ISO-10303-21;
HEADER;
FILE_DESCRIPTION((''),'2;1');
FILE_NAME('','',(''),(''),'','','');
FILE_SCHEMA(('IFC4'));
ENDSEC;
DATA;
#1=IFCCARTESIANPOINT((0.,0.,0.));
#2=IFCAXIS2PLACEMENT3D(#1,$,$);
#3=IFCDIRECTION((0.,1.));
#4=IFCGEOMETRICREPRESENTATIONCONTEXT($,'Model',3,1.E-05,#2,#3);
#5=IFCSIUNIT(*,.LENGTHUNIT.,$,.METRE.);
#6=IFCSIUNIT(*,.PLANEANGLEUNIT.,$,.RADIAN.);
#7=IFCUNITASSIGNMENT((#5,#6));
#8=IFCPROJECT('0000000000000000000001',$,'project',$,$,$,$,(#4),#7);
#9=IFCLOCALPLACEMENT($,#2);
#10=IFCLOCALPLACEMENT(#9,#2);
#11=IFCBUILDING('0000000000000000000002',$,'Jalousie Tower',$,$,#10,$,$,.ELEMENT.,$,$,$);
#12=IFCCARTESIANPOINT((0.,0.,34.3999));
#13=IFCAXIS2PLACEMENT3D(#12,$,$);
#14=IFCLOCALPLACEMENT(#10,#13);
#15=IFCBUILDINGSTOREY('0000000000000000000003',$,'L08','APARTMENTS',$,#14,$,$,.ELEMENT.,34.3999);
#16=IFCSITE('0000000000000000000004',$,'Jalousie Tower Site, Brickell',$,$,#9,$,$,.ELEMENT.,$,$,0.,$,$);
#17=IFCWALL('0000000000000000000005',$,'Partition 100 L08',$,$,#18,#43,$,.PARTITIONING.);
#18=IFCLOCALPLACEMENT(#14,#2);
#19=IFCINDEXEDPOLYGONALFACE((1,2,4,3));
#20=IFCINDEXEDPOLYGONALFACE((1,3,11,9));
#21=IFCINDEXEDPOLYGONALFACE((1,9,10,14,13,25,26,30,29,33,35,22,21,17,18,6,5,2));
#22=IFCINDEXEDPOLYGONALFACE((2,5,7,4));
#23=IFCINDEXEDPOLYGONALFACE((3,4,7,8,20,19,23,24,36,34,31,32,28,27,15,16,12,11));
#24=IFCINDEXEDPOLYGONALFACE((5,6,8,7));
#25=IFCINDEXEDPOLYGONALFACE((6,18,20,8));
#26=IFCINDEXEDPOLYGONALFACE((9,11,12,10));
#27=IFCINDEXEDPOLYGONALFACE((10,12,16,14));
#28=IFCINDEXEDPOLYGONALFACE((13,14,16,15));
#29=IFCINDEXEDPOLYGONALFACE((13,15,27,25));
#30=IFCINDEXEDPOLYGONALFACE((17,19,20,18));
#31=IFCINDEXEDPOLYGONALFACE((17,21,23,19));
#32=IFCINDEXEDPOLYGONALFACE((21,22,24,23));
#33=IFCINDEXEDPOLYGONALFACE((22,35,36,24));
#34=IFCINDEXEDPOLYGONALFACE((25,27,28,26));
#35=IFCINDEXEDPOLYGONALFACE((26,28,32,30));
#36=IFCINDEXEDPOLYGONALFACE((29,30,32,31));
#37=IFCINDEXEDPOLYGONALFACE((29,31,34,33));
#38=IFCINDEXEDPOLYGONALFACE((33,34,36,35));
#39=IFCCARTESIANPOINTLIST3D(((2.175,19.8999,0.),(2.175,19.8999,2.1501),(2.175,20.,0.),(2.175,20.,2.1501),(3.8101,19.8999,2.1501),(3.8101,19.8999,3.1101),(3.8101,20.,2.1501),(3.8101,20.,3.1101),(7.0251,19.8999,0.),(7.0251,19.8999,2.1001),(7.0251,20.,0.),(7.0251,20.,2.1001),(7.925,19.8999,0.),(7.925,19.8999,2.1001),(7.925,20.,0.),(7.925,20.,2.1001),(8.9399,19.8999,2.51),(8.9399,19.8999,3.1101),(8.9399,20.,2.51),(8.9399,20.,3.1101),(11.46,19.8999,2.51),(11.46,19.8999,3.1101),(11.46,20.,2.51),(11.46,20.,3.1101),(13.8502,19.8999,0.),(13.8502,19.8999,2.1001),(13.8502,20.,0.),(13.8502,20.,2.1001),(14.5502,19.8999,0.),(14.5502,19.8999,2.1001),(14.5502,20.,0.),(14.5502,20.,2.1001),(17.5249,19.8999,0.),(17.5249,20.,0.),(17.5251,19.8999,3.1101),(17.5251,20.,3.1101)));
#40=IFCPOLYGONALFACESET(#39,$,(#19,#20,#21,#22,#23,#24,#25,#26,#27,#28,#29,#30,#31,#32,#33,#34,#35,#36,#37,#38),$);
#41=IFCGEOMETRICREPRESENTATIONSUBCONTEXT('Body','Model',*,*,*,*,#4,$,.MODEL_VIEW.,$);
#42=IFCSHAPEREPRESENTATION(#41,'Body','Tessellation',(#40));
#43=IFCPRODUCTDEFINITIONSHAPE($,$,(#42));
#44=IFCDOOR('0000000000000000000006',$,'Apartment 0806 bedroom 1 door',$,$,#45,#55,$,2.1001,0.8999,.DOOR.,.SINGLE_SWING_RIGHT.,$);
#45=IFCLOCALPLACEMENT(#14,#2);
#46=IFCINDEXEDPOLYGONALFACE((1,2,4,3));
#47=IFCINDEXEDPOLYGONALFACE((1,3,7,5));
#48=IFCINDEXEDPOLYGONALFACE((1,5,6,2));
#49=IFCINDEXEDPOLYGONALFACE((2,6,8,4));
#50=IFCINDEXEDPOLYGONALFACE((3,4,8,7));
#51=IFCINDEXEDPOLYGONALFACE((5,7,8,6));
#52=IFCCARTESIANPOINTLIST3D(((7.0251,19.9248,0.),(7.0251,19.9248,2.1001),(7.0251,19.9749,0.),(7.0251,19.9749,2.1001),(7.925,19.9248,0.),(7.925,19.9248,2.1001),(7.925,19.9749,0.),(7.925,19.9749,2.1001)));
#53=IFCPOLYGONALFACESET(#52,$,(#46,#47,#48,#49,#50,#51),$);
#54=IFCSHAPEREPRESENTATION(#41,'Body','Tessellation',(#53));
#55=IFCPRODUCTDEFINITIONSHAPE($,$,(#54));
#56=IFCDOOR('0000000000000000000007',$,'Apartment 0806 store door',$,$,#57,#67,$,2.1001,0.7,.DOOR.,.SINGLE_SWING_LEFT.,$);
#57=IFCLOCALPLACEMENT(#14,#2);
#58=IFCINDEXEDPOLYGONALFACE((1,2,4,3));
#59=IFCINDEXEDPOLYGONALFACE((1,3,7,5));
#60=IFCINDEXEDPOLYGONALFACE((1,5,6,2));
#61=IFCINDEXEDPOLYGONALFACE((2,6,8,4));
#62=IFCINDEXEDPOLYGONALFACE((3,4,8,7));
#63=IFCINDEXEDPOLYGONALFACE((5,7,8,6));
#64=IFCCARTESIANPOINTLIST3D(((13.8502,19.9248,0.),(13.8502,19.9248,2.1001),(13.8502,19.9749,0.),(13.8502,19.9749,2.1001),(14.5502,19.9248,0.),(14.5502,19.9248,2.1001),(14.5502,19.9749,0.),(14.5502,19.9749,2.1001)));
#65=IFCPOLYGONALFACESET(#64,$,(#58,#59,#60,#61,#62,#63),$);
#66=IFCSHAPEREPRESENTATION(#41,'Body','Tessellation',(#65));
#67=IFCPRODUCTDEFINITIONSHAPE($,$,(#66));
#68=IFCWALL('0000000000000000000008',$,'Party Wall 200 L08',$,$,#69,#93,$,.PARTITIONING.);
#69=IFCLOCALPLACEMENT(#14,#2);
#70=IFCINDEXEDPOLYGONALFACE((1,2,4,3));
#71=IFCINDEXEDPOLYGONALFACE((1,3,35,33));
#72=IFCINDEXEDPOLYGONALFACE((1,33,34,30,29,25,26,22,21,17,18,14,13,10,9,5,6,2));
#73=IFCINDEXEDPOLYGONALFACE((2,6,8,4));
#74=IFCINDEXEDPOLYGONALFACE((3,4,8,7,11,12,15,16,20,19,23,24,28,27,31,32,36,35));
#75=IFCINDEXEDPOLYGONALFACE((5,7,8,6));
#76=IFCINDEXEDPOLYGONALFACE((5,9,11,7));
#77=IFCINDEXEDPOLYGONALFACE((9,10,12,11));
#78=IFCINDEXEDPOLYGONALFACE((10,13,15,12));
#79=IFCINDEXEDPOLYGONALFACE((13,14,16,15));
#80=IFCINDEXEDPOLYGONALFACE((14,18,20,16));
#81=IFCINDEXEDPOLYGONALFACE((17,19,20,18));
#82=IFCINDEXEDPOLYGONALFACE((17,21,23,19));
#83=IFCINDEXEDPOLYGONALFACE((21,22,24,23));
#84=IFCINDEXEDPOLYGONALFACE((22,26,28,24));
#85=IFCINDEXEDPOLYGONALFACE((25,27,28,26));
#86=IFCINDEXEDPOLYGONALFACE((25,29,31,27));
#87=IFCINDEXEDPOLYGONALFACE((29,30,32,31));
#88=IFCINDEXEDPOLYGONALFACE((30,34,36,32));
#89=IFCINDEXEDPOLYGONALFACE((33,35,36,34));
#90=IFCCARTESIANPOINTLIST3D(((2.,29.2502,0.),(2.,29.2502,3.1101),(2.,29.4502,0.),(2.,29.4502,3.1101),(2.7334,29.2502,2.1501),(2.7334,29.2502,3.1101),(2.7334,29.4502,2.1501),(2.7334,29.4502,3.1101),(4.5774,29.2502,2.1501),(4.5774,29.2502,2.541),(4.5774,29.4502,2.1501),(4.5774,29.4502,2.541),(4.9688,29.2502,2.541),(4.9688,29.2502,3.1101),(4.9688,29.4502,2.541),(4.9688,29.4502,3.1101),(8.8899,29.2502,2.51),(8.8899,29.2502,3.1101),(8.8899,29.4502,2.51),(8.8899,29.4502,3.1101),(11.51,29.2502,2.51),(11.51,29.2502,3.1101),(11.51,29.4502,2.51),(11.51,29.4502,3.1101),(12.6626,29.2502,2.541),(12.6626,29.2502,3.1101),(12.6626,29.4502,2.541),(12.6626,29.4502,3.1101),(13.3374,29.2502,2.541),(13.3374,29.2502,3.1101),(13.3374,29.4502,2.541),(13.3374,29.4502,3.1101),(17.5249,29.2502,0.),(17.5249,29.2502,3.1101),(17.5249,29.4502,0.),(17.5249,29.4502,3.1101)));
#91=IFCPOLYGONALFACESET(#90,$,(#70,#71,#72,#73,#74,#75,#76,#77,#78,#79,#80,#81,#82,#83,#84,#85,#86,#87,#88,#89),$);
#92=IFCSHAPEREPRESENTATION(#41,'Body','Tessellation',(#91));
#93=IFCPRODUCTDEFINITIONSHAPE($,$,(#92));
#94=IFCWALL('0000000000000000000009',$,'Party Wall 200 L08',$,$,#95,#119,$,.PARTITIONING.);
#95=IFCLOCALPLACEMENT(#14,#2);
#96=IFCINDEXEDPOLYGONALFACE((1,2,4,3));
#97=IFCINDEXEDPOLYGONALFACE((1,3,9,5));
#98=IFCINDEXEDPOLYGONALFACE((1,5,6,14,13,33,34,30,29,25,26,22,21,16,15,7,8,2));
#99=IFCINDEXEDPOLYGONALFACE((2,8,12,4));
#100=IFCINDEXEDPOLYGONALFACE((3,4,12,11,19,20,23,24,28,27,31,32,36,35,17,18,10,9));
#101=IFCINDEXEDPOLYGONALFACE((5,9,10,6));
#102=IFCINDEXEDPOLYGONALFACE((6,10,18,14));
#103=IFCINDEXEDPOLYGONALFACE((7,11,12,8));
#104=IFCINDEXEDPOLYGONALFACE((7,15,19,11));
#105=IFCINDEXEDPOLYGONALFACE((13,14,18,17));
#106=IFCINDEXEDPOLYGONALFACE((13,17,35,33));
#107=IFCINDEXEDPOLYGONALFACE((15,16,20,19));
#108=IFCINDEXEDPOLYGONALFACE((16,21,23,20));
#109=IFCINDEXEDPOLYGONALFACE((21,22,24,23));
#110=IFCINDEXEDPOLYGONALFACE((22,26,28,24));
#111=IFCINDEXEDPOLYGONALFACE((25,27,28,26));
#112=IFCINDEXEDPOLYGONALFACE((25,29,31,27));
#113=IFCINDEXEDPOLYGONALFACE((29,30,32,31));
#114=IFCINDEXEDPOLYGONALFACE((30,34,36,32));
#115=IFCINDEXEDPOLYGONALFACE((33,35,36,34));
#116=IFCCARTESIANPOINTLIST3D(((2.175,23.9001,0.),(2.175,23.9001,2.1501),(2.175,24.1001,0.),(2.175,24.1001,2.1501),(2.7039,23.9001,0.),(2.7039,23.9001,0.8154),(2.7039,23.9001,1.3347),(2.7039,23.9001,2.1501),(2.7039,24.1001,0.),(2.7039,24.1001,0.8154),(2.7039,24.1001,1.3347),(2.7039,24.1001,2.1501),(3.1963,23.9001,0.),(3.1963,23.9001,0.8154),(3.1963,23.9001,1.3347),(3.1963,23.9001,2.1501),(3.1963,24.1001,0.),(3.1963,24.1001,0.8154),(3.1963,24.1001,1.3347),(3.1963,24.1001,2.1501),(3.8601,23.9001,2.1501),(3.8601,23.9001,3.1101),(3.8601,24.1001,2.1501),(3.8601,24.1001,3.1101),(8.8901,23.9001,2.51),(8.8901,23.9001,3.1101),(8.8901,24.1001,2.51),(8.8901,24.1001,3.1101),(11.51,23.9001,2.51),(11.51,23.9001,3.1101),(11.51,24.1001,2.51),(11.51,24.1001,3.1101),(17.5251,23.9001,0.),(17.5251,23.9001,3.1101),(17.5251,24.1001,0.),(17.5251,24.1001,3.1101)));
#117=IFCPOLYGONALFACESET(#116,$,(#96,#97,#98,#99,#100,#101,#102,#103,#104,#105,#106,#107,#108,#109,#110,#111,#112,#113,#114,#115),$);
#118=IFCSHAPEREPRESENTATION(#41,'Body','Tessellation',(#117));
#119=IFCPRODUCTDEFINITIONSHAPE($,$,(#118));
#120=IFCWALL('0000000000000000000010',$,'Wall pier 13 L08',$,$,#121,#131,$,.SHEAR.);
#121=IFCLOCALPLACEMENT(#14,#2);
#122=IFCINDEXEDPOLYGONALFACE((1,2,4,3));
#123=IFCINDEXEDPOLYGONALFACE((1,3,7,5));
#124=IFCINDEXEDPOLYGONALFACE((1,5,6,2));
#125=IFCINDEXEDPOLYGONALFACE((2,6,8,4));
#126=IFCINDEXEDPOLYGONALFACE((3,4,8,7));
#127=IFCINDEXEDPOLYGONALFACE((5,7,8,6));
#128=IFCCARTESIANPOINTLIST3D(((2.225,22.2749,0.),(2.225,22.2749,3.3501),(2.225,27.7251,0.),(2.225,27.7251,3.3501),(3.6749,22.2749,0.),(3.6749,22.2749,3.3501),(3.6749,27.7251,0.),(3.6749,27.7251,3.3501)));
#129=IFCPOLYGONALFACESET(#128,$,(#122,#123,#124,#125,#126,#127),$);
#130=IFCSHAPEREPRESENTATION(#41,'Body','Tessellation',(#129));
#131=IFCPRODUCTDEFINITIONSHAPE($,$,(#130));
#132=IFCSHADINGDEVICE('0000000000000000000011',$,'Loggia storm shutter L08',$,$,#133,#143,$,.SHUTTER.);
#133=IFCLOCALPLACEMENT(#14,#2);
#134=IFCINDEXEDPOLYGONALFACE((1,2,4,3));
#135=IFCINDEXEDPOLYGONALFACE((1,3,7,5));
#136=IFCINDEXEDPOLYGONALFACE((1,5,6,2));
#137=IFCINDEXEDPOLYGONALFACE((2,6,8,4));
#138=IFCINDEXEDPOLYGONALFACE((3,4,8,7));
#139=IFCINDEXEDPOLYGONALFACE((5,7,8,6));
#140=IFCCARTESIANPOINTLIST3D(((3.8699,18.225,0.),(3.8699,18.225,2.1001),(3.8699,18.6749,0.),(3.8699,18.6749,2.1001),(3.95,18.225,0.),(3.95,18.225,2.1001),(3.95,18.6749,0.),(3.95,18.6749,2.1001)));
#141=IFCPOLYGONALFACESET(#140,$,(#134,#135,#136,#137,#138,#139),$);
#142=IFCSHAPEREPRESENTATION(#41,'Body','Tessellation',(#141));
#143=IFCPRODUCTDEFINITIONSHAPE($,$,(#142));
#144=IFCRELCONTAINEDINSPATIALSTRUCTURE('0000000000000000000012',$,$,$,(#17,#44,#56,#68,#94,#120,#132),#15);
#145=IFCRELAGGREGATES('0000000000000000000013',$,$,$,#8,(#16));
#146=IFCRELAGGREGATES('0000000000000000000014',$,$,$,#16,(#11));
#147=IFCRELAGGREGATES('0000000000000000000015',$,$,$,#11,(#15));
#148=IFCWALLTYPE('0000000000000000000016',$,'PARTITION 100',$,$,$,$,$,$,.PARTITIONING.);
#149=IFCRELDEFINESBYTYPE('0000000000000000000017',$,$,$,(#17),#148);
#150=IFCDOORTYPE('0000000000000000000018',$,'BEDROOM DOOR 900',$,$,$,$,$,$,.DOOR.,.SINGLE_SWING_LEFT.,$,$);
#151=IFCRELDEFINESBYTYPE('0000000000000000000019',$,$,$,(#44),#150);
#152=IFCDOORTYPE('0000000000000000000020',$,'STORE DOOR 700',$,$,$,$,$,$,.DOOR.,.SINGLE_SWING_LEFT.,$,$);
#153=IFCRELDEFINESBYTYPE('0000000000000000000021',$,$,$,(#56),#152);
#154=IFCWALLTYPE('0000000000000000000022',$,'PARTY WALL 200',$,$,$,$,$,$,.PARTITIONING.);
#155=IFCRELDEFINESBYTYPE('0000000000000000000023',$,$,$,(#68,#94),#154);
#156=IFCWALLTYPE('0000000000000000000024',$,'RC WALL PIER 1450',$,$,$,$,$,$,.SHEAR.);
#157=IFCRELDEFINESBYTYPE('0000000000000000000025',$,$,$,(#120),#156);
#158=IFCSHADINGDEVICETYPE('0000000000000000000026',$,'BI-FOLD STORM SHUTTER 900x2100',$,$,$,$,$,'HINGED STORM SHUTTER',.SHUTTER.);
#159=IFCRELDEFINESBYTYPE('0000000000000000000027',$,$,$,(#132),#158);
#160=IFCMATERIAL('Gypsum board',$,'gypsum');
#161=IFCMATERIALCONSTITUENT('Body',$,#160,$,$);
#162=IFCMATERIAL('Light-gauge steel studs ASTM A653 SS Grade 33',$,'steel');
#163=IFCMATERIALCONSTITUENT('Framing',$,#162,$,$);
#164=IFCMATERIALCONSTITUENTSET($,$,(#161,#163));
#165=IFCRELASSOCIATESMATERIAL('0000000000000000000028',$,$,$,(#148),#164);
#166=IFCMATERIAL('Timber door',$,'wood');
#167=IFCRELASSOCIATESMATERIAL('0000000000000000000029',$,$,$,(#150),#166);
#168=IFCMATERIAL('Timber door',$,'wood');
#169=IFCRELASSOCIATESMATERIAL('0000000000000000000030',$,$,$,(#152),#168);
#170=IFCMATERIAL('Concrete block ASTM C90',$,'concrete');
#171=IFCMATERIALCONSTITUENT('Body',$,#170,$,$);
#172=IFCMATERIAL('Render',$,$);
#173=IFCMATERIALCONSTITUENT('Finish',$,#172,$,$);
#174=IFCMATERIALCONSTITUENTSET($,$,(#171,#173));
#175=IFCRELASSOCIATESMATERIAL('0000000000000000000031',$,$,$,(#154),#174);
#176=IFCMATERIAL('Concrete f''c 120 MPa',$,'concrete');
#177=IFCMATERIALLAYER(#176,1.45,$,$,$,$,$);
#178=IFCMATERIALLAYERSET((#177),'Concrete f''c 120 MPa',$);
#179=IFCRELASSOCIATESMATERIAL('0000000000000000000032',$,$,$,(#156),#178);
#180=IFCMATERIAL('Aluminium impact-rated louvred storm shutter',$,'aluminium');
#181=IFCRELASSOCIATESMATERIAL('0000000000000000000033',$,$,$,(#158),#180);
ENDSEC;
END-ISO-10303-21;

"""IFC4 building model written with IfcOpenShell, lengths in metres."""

from ifc_helpers import new_model, si_unit, direction, frame, frame_2d, origin, origin_2d, place, context, subcontext, project, spatial, polyline, rectangle, outline, extrude, material, layer, layer_set, constituent, constituent_set, type_object, element, fill, save


model = new_model("IFC4")

# Units and contexts
model_context = context("Model", 3, precision=1e-05, world=origin(), true_north=direction((0.0, 1.0)))
body_context = subcontext(model_context, "Body", "Model", "MODEL_VIEW")
ifc_project = project(units=[si_unit("LENGTHUNIT", "METRE"), si_unit("PLANEANGLEUNIT", "RADIAN")], contexts=[model_context])

# Site, building, storey
site_placement = place(None, origin())
site = spatial("IfcSite", under=ifc_project, at=site_placement, Name="Jalousie Tower Site, Brickell", CompositionType="ELEMENT", RefElevation=0.0)
building_placement = place(site_placement, origin())
building = spatial("IfcBuilding", under=site, at=building_placement, Name="Jalousie Tower", CompositionType="ELEMENT")
storey_placement = place(building_placement, frame((0.0, 0.0, 34.3999)))
storey = spatial("IfcBuildingStorey", under=building, at=storey_placement, Name="L08", Description="APARTMENTS", CompositionType="ELEMENT", Elevation=34.3999)

# Wall, openings, doors
ifc_material_1 = material(Name="Gypsum board", Category="gypsum")
ifc_constituent_1 = constituent(ifc_material_1, Name="Body")
ifc_material_2 = material(Name="Light-gauge steel studs ASTM A653 SS Grade 33", Category="steel")
ifc_constituent_2 = constituent(ifc_material_2, Name="Framing")
ifc_constituent_set_1 = constituent_set(constituents=[ifc_constituent_1, ifc_constituent_2])
wall_type_1 = type_object("IfcWallType", Name="PARTITION 100", PredefinedType="PARTITIONING", material=ifc_constituent_set_1)
wall_1_placement = place(storey_placement, frame((2.175, 19.95, 0.0), z_axis=(0.0, 0.0, 1.0), x_axis=(1.0, 0.0, 0.0)))
wall_1 = element("IfcWall", 1, at=wall_1_placement, inside=storey, type_object=wall_type_1, Name="Partition 100 L08", PredefinedType="PARTITIONING", context=body_context, shape_type="SweptSolid", body=[
    extrude(outline(polyline([(0.0, 0.0), (15.3499, 0.0), (15.3501, 3.1101), (9.2849, 3.1101), (9.2849, 2.51), (6.7649, 2.51), (6.7649, 3.1101), (1.635, 3.1101), (1.635, 2.1501), (0.0, 2.1501), (0.0, 3.1101), (0.0, 0.0)])), frame((0.0, 0.05, 0.0), z_axis=(0.0, -1.0, 0.0), x_axis=(1.0, 0.0, 0.0)), (0.0, 0.0, 1.0), 0.1001),
])
opening_1_placement = place(wall_1_placement, frame((4.8501, 0.0, 0.0)))
opening_1 = element("IfcOpeningElement", 2, at=opening_1_placement, cuts=wall_1, PredefinedType="OPENING", context=body_context, shape_type="SweptSolid", body=[
    extrude(rectangle(XDim=0.8999, YDim=2.1001, at=frame_2d((0.45, 1.05))), frame((0.0, 0.0601, 0.0), z_axis=(0.0, -1.0, 0.0), x_axis=(1.0, 0.0, 0.0)), (0.0, 0.0, 1.0), 0.1201),
])
opening_2_placement = place(wall_1_placement, frame((11.675, 0.0, 0.0)))
opening_2 = element("IfcOpeningElement", 3, at=opening_2_placement, cuts=wall_1, PredefinedType="OPENING", context=body_context, shape_type="SweptSolid", body=[
    extrude(rectangle(XDim=0.7, YDim=2.1001, at=frame_2d((0.3501, 1.05))), frame((0.0, 0.0601, 0.0), z_axis=(0.0, -1.0, 0.0), x_axis=(1.0, 0.0, 0.0)), (0.0, 0.0, 1.0), 0.1201),
])
ifc_material_3 = material(Name="Timber door", Category="wood")
door_type_1 = type_object("IfcDoorType", Name="BEDROOM DOOR 900", OperationType="SINGLE_SWING_LEFT", PredefinedType="DOOR", material=ifc_material_3)
door_1_placement = place(opening_1_placement, origin())
door_1 = element("IfcDoor", 4, at=door_1_placement, inside=storey, type_object=door_type_1, Name="Apartment 0806 bedroom 1 door", OperationType="SINGLE_SWING_RIGHT", OverallHeight=2.1001, OverallWidth=0.8999, PredefinedType="DOOR", context=body_context, shape_type="SweptSolid", body=[
    extrude(rectangle(XDim=0.8999, YDim=2.1001, at=frame_2d((0.45, 1.05))), frame((0.0, 0.0249, 0.0), z_axis=(0.0, -1.0, 0.0), x_axis=(1.0, 0.0, 0.0)), (0.0, 0.0, 1.0), 0.05),
])
fill(opening_1, door_1)
ifc_material_4 = material(Name="Timber door", Category="wood")
door_type_2 = type_object("IfcDoorType", Name="STORE DOOR 700", OperationType="SINGLE_SWING_LEFT", PredefinedType="DOOR", material=ifc_material_4)
door_2_placement = place(opening_2_placement, origin())
door_2 = element("IfcDoor", 5, at=door_2_placement, inside=storey, type_object=door_type_2, Name="Apartment 0806 store door", OperationType="SINGLE_SWING_LEFT", OverallHeight=2.1001, OverallWidth=0.7, PredefinedType="DOOR", context=body_context, shape_type="SweptSolid", body=[
    extrude(rectangle(XDim=0.7, YDim=2.1001, at=frame_2d((0.3501, 1.05))), frame((0.0, 0.0249, 0.0), z_axis=(0.0, -1.0, 0.0), x_axis=(1.0, 0.0, 0.0)), (0.0, 0.0, 1.0), 0.05),
])
fill(opening_2, door_2)

# Walls
ifc_material_5 = material(Name="Concrete block ASTM C90", Category="concrete")
ifc_constituent_3 = constituent(ifc_material_5, Name="Body")
ifc_material_6 = material(Name="Render")
ifc_constituent_4 = constituent(ifc_material_6, Name="Finish")
ifc_constituent_set_2 = constituent_set(constituents=[ifc_constituent_3, ifc_constituent_4])
wall_type_2 = type_object("IfcWallType", Name="PARTY WALL 200", PredefinedType="PARTITIONING", material=ifc_constituent_set_2)
wall_2_placement = place(storey_placement, frame((2.0, 29.3501, 0.0), z_axis=(0.0, 0.0, 1.0), x_axis=(1.0, 0.0, 0.0)))
element("IfcWall", 6, at=wall_2_placement, inside=storey, type_object=wall_type_2, Name="Party Wall 200 L08", PredefinedType="PARTITIONING", context=body_context, shape_type="SweptSolid", body=[
    extrude(outline(polyline([(0.0, 0.0), (15.5249, 0.0), (15.5249, 3.1101), (11.3374, 3.1101), (11.3374, 2.541), (10.6626, 2.541), (10.6626, 3.1101), (9.51, 3.1101), (9.51, 2.51), (6.8899, 2.51), (6.8899, 3.1101), (2.9688, 3.1101), (2.9688, 2.541), (2.5774, 2.541), (2.5774, 2.1501), (0.7334, 2.1501), (0.7334, 3.1101), (0.0, 3.1101), (0.0, 0.0)])), frame((0.0, 0.1001, 0.0), z_axis=(0.0, -1.0, 0.0), x_axis=(1.0, 0.0, 0.0)), (0.0, 0.0, 1.0), 0.2),
])
wall_3_placement = place(storey_placement, frame((2.175, 24.0, 0.0), z_axis=(0.0, 0.0, 1.0), x_axis=(1.0, 0.0, 0.0)))
element("IfcWall", 7, at=wall_3_placement, inside=storey, type_object=wall_type_2, Name="Party Wall 200 L08", PredefinedType="PARTITIONING", context=body_context, shape_type="SweptSolid", body=[
    extrude(outline(polyline([(0.5288, 2.1501), (0.0, 2.1501), (0.0, 0.0), (0.5288, 0.0), (0.5288, 0.8154), (1.0212, 0.8154), (1.0212, 0.0), (15.3501, 0.0), (15.3501, 3.1101), (9.335, 3.1101), (9.335, 2.51), (6.7151, 2.51), (6.7151, 3.1101), (1.6851, 3.1101), (1.6851, 2.1501), (1.0212, 2.1501), (1.0212, 1.3347), (0.5288, 1.3347), (0.5288, 2.1501)])), frame((0.0, 0.1001, 0.0), z_axis=(0.0, -1.0, 0.0), x_axis=(1.0, 0.0, 0.0)), (0.0, 0.0, 1.0), 0.2),
])
ifc_material_7 = material(Name="Concrete f'c 120 MPa", Category="concrete")
ifc_layer_1 = layer(ifc_material_7, 1.45)
ifc_layer_set_1 = layer_set([ifc_layer_1], Name="Concrete f'c 120 MPa")
wall_type_3 = type_object("IfcWallType", Name="RC WALL PIER 1450", PredefinedType="SHEAR", material=ifc_layer_set_1)
wall_4_placement = place(storey_placement, frame((2.95, 22.2749, 0.0), z_axis=(0.0, 0.0, 1.0), x_axis=(0.0, 1.0, 0.0)))
element("IfcWall", 8, at=wall_4_placement, inside=storey, type_object=wall_type_3, Name="Wall pier 13 L08", PredefinedType="SHEAR", context=body_context, shape_type="SweptSolid", body=[
    extrude(rectangle(XDim=5.4502, YDim=1.45, at=frame_2d((2.7251, 0.0))), origin(), (0.0, 0.0, 1.0), 3.3501),
])

# Shading device
ifc_material_8 = material(Name="Aluminium impact-rated louvred storm shutter", Category="aluminium")
shading_device_type_1 = type_object("IfcShadingDeviceType", Name="BI-FOLD STORM SHUTTER 900x2100", ElementType="HINGED STORM SHUTTER", PredefinedType="SHUTTER", material=ifc_material_8)
shading_device_1_placement = place(storey_placement, frame((3.9099, 18.45, 0.0), z_axis=(0.0, 0.0, 1.0), x_axis=(0.0, -1.0, 0.0)))
element("IfcShadingDevice", 9, at=shading_device_1_placement, inside=storey, type_object=shading_device_type_1, Name="Loggia storm shutter L08", PredefinedType="SHUTTER", context=body_context, shape_type="SweptSolid", body=[
    extrude(rectangle(XDim=0.45, YDim=0.0801, at=origin_2d()), origin(), (0.0, 0.0, 1.0), 2.1001),
])

save(model, "model.ifc")
